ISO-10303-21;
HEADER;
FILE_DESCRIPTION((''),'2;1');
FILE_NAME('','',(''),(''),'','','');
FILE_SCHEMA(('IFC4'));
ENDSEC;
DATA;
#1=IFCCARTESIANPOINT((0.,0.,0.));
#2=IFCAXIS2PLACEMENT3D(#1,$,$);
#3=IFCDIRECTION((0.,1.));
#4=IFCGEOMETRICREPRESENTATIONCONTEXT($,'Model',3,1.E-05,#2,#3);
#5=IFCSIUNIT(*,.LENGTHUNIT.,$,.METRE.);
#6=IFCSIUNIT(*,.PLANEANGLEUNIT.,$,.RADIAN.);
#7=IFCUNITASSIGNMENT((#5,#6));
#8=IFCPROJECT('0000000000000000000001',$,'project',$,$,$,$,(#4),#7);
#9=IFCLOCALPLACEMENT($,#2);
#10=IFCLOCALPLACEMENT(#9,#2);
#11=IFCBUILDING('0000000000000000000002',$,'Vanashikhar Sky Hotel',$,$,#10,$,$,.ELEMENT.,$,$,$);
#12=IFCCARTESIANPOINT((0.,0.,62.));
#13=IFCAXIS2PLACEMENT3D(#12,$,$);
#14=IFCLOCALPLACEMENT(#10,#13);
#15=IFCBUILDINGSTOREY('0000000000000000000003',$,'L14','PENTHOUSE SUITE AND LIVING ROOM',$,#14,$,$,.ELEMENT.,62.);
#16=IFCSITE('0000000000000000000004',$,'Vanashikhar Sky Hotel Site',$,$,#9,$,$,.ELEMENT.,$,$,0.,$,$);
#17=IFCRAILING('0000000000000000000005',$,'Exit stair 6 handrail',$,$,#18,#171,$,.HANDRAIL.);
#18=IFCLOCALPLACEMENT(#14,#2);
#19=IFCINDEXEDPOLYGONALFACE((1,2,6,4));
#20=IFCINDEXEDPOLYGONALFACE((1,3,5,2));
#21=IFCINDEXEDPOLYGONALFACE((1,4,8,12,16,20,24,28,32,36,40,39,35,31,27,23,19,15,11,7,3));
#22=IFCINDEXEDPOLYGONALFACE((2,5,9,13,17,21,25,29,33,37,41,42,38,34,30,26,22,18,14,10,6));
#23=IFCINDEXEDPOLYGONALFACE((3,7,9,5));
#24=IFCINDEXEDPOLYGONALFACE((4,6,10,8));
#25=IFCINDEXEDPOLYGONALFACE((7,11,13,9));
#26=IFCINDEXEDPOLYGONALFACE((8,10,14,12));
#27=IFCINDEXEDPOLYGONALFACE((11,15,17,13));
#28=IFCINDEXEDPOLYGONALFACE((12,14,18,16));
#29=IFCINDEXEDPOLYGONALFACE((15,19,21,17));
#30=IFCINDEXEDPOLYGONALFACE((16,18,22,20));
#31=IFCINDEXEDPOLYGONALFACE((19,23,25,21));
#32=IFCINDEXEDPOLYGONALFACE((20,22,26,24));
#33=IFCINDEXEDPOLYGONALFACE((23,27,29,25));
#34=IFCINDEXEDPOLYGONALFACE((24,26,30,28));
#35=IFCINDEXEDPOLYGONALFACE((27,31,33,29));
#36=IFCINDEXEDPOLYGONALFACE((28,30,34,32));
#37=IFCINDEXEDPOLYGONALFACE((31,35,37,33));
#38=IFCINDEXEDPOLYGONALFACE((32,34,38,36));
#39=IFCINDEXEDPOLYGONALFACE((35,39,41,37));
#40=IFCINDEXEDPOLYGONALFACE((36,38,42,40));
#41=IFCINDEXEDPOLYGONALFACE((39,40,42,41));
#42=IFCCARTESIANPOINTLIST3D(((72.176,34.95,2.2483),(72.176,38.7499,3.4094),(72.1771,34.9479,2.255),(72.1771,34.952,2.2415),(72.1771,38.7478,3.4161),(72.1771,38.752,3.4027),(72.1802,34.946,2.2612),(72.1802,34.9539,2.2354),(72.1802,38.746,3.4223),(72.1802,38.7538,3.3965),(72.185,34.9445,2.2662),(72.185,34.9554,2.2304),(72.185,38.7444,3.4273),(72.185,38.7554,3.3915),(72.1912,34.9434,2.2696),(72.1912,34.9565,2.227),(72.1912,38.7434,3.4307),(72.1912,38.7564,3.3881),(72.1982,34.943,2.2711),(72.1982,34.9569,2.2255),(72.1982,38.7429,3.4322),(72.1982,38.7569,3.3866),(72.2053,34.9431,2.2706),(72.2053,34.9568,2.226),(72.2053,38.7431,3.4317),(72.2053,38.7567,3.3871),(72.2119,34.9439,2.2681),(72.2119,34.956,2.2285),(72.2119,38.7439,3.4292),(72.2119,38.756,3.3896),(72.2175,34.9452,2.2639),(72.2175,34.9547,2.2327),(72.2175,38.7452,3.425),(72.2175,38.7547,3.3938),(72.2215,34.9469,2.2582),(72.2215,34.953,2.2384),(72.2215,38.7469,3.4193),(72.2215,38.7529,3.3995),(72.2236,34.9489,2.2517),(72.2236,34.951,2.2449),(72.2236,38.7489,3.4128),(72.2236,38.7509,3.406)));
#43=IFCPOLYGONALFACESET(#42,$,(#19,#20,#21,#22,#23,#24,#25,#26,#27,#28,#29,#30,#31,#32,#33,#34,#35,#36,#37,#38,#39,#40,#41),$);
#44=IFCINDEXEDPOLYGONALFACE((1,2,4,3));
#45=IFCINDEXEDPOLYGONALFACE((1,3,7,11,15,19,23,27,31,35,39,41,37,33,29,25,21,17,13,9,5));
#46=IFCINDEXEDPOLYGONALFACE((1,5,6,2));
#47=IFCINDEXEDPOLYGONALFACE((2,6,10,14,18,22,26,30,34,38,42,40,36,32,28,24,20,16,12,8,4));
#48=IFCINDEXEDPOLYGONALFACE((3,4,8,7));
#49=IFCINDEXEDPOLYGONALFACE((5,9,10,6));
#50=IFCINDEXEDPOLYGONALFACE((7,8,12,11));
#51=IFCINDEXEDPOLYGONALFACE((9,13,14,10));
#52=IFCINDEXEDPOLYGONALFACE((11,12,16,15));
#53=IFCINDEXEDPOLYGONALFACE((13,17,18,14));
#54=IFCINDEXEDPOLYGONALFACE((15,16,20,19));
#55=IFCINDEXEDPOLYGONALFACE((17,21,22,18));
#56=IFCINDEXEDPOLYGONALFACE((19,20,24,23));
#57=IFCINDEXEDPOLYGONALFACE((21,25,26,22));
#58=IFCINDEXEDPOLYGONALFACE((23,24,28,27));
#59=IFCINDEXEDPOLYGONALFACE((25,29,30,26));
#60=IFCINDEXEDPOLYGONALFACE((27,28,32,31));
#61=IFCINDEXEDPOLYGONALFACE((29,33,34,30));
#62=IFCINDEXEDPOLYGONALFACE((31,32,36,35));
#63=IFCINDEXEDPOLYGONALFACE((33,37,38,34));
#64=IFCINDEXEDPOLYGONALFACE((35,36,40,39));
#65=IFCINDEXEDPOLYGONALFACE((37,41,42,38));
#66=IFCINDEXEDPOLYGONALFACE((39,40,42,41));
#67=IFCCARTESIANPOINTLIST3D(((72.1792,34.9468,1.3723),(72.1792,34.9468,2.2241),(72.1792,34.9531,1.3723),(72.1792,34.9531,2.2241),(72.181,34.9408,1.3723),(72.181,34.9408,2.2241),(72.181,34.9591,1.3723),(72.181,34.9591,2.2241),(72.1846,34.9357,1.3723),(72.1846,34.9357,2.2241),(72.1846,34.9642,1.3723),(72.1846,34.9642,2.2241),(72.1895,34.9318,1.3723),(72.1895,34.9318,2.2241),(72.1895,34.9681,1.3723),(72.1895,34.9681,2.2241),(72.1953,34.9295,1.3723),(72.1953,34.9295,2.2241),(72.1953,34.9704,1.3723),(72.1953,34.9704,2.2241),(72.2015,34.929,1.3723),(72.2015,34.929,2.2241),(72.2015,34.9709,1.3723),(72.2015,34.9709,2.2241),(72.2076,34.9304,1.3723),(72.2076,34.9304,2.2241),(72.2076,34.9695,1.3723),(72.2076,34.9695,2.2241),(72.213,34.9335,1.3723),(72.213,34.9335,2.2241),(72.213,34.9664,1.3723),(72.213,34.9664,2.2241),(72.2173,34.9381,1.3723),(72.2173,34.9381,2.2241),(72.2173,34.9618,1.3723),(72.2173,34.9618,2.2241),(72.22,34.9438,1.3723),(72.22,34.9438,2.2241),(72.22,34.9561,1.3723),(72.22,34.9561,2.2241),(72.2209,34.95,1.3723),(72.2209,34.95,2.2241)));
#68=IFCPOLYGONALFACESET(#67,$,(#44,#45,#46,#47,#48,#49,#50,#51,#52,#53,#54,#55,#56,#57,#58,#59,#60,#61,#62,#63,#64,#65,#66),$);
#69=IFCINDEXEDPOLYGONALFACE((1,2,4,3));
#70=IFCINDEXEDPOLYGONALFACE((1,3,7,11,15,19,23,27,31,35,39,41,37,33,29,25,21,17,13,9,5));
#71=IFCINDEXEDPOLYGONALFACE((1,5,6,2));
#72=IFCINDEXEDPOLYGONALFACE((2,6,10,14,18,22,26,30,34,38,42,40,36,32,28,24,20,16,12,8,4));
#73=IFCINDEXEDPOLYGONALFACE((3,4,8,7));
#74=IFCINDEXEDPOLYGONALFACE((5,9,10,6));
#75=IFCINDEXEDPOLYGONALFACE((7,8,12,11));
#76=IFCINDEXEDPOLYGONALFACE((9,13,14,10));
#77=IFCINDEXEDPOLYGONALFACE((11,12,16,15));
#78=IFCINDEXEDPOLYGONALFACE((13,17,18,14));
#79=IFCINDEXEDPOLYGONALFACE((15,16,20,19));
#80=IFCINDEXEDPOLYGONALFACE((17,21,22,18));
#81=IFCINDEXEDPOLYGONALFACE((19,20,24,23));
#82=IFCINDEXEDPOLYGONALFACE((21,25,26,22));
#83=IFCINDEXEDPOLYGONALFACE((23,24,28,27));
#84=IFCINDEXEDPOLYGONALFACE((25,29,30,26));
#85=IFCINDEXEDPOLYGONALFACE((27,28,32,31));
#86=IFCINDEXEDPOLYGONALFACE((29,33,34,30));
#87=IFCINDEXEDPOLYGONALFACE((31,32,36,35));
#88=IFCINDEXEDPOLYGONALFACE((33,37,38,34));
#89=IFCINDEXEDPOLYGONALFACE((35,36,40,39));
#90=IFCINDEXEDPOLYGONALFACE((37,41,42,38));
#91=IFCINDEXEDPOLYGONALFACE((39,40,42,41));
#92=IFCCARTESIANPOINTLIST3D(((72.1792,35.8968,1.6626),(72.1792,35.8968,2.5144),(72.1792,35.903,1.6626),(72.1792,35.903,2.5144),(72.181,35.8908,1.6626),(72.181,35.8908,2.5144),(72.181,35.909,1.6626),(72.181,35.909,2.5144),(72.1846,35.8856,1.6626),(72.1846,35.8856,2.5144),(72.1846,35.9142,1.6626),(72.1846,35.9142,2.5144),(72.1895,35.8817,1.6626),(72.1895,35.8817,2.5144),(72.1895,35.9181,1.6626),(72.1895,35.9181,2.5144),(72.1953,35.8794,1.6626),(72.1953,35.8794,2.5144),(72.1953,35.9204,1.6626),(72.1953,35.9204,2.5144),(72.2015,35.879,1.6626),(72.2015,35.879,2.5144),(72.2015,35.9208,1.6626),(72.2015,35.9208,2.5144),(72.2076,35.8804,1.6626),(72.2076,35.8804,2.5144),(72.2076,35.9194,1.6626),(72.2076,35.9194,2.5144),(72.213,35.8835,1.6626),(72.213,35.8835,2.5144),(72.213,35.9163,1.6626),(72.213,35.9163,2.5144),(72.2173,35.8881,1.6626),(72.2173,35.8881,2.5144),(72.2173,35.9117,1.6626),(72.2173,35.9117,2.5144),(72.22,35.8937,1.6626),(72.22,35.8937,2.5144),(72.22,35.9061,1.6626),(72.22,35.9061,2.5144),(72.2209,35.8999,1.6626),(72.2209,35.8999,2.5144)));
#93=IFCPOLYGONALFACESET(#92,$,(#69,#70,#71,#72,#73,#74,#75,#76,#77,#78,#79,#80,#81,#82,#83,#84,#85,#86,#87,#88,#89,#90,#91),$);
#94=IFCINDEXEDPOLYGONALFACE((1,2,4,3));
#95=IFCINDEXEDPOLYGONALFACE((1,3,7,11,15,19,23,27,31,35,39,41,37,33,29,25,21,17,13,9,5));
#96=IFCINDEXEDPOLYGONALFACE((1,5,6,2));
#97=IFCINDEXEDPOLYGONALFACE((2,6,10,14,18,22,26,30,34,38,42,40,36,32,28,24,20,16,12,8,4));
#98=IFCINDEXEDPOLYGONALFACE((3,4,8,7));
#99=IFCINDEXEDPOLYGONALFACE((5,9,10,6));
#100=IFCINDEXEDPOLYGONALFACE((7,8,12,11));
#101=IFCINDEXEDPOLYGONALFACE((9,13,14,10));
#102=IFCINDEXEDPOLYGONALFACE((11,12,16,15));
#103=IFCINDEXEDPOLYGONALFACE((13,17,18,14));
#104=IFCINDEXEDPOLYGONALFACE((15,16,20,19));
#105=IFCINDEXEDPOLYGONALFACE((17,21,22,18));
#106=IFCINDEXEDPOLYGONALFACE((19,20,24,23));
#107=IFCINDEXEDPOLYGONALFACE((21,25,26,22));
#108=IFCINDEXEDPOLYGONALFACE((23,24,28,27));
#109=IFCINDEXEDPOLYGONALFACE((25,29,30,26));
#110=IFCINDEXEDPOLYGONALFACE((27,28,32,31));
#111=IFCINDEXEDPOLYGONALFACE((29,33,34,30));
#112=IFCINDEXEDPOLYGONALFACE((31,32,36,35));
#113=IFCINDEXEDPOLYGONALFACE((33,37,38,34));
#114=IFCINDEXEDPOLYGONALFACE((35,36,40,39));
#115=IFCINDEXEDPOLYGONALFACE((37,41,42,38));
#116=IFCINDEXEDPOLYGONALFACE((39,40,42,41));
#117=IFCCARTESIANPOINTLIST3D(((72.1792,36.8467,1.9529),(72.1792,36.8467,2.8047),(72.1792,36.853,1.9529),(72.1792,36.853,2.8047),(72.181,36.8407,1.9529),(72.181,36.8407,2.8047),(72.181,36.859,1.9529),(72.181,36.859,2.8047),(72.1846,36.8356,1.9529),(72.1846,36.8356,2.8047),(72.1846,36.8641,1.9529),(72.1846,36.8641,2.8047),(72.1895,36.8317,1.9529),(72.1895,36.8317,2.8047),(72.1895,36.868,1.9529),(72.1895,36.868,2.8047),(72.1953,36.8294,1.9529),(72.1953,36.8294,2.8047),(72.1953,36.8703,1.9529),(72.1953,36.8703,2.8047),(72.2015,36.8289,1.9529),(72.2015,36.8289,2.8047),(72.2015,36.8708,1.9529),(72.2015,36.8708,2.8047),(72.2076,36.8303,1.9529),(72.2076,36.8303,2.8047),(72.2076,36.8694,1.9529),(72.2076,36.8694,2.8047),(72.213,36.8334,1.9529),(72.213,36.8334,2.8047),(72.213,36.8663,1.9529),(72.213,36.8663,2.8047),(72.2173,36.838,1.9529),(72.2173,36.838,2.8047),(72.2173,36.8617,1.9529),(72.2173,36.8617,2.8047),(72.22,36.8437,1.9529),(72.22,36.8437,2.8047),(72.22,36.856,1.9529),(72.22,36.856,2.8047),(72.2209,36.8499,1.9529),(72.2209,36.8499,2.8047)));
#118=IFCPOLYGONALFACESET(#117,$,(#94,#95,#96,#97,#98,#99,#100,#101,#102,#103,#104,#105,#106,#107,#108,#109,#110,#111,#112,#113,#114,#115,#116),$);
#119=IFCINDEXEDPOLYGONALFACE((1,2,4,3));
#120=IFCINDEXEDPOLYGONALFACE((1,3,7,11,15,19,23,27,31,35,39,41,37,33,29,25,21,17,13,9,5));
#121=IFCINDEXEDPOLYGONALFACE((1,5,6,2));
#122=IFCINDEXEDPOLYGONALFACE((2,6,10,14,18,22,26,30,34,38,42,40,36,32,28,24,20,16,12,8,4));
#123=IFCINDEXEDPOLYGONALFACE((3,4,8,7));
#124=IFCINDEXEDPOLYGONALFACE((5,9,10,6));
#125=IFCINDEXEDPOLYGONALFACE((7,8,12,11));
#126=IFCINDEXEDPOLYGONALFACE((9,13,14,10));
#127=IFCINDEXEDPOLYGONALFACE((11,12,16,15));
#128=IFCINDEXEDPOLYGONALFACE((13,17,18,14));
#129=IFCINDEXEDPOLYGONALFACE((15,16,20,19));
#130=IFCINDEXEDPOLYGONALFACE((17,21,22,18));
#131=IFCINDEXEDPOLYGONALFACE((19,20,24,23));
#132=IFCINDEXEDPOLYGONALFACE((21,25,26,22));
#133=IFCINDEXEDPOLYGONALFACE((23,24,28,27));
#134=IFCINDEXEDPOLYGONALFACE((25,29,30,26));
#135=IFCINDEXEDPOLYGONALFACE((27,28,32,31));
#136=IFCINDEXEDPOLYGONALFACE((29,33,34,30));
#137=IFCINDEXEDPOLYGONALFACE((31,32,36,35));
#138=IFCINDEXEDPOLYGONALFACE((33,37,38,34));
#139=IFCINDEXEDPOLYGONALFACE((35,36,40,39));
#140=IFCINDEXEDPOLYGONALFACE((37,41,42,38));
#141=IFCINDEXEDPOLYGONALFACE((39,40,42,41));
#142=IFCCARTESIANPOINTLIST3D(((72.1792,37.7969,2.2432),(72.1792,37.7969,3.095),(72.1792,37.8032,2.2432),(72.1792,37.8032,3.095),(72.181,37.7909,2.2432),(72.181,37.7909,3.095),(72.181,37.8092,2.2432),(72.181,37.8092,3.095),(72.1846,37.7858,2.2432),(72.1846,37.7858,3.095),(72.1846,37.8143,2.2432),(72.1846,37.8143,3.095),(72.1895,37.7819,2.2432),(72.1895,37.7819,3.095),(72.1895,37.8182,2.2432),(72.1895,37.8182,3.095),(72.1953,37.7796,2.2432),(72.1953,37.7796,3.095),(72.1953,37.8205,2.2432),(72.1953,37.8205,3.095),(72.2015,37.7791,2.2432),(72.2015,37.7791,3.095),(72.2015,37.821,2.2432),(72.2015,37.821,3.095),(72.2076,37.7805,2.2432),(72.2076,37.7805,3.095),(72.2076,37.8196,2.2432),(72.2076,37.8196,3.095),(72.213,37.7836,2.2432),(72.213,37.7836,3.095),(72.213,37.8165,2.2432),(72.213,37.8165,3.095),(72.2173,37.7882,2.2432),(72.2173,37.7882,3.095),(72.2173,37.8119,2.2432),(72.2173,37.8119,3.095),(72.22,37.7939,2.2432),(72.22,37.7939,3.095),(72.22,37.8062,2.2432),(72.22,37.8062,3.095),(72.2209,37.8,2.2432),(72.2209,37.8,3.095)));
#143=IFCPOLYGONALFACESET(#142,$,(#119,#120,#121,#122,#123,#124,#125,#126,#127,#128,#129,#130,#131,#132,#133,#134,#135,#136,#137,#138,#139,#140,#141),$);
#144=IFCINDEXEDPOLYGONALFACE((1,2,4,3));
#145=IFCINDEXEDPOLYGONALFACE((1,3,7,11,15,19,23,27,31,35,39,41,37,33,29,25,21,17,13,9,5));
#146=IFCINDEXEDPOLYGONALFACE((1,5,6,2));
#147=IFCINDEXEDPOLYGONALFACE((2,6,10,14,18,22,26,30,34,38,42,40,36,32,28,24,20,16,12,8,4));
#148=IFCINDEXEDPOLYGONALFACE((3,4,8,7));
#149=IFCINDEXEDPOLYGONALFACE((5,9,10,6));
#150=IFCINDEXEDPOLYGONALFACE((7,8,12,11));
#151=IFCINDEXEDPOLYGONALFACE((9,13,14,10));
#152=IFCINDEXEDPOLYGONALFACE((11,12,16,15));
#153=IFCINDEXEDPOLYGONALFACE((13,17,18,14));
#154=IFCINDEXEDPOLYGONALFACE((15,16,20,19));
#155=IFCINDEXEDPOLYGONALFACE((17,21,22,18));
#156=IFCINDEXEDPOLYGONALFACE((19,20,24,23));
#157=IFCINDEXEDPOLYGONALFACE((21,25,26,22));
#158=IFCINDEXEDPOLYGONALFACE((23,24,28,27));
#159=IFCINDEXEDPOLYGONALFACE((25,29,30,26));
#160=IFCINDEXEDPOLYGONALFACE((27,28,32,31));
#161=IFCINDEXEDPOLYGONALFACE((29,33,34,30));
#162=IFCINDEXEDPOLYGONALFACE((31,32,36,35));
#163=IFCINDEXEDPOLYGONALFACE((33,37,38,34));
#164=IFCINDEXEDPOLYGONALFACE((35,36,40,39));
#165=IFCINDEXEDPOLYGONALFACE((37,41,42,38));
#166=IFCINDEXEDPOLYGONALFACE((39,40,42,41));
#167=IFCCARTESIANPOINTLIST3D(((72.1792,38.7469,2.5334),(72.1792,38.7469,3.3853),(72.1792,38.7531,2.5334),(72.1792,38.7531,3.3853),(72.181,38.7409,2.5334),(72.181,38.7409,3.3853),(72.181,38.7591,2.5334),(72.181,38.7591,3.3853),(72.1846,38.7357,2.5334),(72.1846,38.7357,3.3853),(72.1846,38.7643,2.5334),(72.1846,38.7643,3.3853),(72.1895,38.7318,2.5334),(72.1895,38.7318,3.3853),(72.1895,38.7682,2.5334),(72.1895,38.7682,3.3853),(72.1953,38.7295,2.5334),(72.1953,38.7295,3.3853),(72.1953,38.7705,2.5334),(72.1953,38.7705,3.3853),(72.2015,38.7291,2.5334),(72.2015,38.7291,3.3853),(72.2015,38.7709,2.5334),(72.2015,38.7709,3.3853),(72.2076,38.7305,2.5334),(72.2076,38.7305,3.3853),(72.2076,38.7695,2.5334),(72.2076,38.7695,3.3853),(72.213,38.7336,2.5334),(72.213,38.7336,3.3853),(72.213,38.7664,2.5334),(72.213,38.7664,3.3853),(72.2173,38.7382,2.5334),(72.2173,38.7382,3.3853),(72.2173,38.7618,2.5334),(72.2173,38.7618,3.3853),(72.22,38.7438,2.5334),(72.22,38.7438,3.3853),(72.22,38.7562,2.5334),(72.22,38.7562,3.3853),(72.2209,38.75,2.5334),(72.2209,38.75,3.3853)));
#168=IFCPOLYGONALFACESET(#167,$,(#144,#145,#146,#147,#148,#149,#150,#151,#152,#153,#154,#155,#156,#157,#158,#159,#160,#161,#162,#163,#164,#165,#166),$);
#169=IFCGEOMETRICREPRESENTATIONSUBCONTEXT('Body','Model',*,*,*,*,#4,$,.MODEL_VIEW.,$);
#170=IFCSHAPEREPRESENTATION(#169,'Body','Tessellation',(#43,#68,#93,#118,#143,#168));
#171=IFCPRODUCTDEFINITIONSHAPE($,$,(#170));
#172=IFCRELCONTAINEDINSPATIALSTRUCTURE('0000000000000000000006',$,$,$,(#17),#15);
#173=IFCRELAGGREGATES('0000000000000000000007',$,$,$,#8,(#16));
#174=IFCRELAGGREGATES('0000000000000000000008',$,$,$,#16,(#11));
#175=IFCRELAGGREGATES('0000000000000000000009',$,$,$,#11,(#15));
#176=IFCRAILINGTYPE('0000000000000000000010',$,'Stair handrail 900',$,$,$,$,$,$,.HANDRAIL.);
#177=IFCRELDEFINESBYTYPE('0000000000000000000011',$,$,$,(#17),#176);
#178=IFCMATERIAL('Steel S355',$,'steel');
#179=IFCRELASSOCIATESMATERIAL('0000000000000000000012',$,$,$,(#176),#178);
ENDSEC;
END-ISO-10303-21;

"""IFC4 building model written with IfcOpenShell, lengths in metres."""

from ifc_helpers import new_model, si_unit, direction, frame, origin, origin_2d, place, context, subcontext, project, spatial, circle, extrude, source, transform, mapped, material, type_object, element, save


model = new_model("IFC4")

# Units and contexts
model_context = context("Model", 3, precision=1e-05, world=origin(), true_north=direction((0.0, 1.0)))
body_context = subcontext(model_context, "Body", "Model", "MODEL_VIEW")
ifc_project = project(units=[si_unit("LENGTHUNIT", "METRE"), si_unit("PLANEANGLEUNIT", "RADIAN")], contexts=[model_context])

# Site, building, storey
site_placement = place(None, origin())
site = spatial("IfcSite", under=ifc_project, at=site_placement, Name="Vanashikhar Sky Hotel Site", CompositionType="ELEMENT", RefElevation=0.0)
building_placement = place(site_placement, origin())
building = spatial("IfcBuilding", under=site, at=building_placement, Name="Vanashikhar Sky Hotel", CompositionType="ELEMENT")
storey_placement = place(building_placement, frame((0.0, 0.0, 62.0)))
storey = spatial("IfcBuildingStorey", under=building, at=storey_placement, Name="L14", Description="PENTHOUSE SUITE AND LIVING ROOM", CompositionType="ELEMENT", Elevation=62.0)

# Railing
ifc_material_1 = material(Name="Steel S355", Category="steel")
railing_type_1 = type_object("IfcRailingType", Name="Stair handrail 900", PredefinedType="HANDRAIL", material=ifc_material_1)
shared_shape_1 = source(origin(), body_context, "Body", "SweptSolid", [
    extrude(circle(Radius=0.0239, at=origin_2d()), frame((0.0, 0.0, 0.876), z_axis=(0.0, 0.956351, 0.29222), x_axis=(-1.0, 0.0, 0.0)), (0.0, 0.0, 1.0), 3.9734),
    extrude(circle(Radius=0.021, at=origin_2d()), origin(), (0.0, 0.0, 1.0), 0.8518),
    extrude(circle(Radius=0.021, at=origin_2d()), frame((0.0, 0.95, 0.2903)), (0.0, 0.0, 1.0), 0.8518),
    extrude(circle(Radius=0.021, at=origin_2d()), frame((0.0, 1.8999, 0.5806)), (0.0, 0.0, 1.0), 0.8518),
    extrude(circle(Radius=0.021, at=origin_2d()), frame((0.0, 2.8501, 0.8708)), (0.0, 0.0, 1.0), 0.8518),
    extrude(circle(Radius=0.021, at=origin_2d()), frame((0.0, 3.8, 1.1611)), (0.0, 0.0, 1.0), 0.8518),
])
railing_1_placement = place(storey_placement, frame((72.2, 34.95, 1.3723)))
element("IfcRailing", 1, at=railing_1_placement, inside=storey, type_object=railing_type_1, Name="Exit stair 6 handrail", PredefinedType="HANDRAIL", context=body_context, shape_type="MappedRepresentation", body=[
    mapped(shared_shape_1, transform((0.0, 0.0, 0.0), scale=1.0)),
])

save(model, "model.ifc")
